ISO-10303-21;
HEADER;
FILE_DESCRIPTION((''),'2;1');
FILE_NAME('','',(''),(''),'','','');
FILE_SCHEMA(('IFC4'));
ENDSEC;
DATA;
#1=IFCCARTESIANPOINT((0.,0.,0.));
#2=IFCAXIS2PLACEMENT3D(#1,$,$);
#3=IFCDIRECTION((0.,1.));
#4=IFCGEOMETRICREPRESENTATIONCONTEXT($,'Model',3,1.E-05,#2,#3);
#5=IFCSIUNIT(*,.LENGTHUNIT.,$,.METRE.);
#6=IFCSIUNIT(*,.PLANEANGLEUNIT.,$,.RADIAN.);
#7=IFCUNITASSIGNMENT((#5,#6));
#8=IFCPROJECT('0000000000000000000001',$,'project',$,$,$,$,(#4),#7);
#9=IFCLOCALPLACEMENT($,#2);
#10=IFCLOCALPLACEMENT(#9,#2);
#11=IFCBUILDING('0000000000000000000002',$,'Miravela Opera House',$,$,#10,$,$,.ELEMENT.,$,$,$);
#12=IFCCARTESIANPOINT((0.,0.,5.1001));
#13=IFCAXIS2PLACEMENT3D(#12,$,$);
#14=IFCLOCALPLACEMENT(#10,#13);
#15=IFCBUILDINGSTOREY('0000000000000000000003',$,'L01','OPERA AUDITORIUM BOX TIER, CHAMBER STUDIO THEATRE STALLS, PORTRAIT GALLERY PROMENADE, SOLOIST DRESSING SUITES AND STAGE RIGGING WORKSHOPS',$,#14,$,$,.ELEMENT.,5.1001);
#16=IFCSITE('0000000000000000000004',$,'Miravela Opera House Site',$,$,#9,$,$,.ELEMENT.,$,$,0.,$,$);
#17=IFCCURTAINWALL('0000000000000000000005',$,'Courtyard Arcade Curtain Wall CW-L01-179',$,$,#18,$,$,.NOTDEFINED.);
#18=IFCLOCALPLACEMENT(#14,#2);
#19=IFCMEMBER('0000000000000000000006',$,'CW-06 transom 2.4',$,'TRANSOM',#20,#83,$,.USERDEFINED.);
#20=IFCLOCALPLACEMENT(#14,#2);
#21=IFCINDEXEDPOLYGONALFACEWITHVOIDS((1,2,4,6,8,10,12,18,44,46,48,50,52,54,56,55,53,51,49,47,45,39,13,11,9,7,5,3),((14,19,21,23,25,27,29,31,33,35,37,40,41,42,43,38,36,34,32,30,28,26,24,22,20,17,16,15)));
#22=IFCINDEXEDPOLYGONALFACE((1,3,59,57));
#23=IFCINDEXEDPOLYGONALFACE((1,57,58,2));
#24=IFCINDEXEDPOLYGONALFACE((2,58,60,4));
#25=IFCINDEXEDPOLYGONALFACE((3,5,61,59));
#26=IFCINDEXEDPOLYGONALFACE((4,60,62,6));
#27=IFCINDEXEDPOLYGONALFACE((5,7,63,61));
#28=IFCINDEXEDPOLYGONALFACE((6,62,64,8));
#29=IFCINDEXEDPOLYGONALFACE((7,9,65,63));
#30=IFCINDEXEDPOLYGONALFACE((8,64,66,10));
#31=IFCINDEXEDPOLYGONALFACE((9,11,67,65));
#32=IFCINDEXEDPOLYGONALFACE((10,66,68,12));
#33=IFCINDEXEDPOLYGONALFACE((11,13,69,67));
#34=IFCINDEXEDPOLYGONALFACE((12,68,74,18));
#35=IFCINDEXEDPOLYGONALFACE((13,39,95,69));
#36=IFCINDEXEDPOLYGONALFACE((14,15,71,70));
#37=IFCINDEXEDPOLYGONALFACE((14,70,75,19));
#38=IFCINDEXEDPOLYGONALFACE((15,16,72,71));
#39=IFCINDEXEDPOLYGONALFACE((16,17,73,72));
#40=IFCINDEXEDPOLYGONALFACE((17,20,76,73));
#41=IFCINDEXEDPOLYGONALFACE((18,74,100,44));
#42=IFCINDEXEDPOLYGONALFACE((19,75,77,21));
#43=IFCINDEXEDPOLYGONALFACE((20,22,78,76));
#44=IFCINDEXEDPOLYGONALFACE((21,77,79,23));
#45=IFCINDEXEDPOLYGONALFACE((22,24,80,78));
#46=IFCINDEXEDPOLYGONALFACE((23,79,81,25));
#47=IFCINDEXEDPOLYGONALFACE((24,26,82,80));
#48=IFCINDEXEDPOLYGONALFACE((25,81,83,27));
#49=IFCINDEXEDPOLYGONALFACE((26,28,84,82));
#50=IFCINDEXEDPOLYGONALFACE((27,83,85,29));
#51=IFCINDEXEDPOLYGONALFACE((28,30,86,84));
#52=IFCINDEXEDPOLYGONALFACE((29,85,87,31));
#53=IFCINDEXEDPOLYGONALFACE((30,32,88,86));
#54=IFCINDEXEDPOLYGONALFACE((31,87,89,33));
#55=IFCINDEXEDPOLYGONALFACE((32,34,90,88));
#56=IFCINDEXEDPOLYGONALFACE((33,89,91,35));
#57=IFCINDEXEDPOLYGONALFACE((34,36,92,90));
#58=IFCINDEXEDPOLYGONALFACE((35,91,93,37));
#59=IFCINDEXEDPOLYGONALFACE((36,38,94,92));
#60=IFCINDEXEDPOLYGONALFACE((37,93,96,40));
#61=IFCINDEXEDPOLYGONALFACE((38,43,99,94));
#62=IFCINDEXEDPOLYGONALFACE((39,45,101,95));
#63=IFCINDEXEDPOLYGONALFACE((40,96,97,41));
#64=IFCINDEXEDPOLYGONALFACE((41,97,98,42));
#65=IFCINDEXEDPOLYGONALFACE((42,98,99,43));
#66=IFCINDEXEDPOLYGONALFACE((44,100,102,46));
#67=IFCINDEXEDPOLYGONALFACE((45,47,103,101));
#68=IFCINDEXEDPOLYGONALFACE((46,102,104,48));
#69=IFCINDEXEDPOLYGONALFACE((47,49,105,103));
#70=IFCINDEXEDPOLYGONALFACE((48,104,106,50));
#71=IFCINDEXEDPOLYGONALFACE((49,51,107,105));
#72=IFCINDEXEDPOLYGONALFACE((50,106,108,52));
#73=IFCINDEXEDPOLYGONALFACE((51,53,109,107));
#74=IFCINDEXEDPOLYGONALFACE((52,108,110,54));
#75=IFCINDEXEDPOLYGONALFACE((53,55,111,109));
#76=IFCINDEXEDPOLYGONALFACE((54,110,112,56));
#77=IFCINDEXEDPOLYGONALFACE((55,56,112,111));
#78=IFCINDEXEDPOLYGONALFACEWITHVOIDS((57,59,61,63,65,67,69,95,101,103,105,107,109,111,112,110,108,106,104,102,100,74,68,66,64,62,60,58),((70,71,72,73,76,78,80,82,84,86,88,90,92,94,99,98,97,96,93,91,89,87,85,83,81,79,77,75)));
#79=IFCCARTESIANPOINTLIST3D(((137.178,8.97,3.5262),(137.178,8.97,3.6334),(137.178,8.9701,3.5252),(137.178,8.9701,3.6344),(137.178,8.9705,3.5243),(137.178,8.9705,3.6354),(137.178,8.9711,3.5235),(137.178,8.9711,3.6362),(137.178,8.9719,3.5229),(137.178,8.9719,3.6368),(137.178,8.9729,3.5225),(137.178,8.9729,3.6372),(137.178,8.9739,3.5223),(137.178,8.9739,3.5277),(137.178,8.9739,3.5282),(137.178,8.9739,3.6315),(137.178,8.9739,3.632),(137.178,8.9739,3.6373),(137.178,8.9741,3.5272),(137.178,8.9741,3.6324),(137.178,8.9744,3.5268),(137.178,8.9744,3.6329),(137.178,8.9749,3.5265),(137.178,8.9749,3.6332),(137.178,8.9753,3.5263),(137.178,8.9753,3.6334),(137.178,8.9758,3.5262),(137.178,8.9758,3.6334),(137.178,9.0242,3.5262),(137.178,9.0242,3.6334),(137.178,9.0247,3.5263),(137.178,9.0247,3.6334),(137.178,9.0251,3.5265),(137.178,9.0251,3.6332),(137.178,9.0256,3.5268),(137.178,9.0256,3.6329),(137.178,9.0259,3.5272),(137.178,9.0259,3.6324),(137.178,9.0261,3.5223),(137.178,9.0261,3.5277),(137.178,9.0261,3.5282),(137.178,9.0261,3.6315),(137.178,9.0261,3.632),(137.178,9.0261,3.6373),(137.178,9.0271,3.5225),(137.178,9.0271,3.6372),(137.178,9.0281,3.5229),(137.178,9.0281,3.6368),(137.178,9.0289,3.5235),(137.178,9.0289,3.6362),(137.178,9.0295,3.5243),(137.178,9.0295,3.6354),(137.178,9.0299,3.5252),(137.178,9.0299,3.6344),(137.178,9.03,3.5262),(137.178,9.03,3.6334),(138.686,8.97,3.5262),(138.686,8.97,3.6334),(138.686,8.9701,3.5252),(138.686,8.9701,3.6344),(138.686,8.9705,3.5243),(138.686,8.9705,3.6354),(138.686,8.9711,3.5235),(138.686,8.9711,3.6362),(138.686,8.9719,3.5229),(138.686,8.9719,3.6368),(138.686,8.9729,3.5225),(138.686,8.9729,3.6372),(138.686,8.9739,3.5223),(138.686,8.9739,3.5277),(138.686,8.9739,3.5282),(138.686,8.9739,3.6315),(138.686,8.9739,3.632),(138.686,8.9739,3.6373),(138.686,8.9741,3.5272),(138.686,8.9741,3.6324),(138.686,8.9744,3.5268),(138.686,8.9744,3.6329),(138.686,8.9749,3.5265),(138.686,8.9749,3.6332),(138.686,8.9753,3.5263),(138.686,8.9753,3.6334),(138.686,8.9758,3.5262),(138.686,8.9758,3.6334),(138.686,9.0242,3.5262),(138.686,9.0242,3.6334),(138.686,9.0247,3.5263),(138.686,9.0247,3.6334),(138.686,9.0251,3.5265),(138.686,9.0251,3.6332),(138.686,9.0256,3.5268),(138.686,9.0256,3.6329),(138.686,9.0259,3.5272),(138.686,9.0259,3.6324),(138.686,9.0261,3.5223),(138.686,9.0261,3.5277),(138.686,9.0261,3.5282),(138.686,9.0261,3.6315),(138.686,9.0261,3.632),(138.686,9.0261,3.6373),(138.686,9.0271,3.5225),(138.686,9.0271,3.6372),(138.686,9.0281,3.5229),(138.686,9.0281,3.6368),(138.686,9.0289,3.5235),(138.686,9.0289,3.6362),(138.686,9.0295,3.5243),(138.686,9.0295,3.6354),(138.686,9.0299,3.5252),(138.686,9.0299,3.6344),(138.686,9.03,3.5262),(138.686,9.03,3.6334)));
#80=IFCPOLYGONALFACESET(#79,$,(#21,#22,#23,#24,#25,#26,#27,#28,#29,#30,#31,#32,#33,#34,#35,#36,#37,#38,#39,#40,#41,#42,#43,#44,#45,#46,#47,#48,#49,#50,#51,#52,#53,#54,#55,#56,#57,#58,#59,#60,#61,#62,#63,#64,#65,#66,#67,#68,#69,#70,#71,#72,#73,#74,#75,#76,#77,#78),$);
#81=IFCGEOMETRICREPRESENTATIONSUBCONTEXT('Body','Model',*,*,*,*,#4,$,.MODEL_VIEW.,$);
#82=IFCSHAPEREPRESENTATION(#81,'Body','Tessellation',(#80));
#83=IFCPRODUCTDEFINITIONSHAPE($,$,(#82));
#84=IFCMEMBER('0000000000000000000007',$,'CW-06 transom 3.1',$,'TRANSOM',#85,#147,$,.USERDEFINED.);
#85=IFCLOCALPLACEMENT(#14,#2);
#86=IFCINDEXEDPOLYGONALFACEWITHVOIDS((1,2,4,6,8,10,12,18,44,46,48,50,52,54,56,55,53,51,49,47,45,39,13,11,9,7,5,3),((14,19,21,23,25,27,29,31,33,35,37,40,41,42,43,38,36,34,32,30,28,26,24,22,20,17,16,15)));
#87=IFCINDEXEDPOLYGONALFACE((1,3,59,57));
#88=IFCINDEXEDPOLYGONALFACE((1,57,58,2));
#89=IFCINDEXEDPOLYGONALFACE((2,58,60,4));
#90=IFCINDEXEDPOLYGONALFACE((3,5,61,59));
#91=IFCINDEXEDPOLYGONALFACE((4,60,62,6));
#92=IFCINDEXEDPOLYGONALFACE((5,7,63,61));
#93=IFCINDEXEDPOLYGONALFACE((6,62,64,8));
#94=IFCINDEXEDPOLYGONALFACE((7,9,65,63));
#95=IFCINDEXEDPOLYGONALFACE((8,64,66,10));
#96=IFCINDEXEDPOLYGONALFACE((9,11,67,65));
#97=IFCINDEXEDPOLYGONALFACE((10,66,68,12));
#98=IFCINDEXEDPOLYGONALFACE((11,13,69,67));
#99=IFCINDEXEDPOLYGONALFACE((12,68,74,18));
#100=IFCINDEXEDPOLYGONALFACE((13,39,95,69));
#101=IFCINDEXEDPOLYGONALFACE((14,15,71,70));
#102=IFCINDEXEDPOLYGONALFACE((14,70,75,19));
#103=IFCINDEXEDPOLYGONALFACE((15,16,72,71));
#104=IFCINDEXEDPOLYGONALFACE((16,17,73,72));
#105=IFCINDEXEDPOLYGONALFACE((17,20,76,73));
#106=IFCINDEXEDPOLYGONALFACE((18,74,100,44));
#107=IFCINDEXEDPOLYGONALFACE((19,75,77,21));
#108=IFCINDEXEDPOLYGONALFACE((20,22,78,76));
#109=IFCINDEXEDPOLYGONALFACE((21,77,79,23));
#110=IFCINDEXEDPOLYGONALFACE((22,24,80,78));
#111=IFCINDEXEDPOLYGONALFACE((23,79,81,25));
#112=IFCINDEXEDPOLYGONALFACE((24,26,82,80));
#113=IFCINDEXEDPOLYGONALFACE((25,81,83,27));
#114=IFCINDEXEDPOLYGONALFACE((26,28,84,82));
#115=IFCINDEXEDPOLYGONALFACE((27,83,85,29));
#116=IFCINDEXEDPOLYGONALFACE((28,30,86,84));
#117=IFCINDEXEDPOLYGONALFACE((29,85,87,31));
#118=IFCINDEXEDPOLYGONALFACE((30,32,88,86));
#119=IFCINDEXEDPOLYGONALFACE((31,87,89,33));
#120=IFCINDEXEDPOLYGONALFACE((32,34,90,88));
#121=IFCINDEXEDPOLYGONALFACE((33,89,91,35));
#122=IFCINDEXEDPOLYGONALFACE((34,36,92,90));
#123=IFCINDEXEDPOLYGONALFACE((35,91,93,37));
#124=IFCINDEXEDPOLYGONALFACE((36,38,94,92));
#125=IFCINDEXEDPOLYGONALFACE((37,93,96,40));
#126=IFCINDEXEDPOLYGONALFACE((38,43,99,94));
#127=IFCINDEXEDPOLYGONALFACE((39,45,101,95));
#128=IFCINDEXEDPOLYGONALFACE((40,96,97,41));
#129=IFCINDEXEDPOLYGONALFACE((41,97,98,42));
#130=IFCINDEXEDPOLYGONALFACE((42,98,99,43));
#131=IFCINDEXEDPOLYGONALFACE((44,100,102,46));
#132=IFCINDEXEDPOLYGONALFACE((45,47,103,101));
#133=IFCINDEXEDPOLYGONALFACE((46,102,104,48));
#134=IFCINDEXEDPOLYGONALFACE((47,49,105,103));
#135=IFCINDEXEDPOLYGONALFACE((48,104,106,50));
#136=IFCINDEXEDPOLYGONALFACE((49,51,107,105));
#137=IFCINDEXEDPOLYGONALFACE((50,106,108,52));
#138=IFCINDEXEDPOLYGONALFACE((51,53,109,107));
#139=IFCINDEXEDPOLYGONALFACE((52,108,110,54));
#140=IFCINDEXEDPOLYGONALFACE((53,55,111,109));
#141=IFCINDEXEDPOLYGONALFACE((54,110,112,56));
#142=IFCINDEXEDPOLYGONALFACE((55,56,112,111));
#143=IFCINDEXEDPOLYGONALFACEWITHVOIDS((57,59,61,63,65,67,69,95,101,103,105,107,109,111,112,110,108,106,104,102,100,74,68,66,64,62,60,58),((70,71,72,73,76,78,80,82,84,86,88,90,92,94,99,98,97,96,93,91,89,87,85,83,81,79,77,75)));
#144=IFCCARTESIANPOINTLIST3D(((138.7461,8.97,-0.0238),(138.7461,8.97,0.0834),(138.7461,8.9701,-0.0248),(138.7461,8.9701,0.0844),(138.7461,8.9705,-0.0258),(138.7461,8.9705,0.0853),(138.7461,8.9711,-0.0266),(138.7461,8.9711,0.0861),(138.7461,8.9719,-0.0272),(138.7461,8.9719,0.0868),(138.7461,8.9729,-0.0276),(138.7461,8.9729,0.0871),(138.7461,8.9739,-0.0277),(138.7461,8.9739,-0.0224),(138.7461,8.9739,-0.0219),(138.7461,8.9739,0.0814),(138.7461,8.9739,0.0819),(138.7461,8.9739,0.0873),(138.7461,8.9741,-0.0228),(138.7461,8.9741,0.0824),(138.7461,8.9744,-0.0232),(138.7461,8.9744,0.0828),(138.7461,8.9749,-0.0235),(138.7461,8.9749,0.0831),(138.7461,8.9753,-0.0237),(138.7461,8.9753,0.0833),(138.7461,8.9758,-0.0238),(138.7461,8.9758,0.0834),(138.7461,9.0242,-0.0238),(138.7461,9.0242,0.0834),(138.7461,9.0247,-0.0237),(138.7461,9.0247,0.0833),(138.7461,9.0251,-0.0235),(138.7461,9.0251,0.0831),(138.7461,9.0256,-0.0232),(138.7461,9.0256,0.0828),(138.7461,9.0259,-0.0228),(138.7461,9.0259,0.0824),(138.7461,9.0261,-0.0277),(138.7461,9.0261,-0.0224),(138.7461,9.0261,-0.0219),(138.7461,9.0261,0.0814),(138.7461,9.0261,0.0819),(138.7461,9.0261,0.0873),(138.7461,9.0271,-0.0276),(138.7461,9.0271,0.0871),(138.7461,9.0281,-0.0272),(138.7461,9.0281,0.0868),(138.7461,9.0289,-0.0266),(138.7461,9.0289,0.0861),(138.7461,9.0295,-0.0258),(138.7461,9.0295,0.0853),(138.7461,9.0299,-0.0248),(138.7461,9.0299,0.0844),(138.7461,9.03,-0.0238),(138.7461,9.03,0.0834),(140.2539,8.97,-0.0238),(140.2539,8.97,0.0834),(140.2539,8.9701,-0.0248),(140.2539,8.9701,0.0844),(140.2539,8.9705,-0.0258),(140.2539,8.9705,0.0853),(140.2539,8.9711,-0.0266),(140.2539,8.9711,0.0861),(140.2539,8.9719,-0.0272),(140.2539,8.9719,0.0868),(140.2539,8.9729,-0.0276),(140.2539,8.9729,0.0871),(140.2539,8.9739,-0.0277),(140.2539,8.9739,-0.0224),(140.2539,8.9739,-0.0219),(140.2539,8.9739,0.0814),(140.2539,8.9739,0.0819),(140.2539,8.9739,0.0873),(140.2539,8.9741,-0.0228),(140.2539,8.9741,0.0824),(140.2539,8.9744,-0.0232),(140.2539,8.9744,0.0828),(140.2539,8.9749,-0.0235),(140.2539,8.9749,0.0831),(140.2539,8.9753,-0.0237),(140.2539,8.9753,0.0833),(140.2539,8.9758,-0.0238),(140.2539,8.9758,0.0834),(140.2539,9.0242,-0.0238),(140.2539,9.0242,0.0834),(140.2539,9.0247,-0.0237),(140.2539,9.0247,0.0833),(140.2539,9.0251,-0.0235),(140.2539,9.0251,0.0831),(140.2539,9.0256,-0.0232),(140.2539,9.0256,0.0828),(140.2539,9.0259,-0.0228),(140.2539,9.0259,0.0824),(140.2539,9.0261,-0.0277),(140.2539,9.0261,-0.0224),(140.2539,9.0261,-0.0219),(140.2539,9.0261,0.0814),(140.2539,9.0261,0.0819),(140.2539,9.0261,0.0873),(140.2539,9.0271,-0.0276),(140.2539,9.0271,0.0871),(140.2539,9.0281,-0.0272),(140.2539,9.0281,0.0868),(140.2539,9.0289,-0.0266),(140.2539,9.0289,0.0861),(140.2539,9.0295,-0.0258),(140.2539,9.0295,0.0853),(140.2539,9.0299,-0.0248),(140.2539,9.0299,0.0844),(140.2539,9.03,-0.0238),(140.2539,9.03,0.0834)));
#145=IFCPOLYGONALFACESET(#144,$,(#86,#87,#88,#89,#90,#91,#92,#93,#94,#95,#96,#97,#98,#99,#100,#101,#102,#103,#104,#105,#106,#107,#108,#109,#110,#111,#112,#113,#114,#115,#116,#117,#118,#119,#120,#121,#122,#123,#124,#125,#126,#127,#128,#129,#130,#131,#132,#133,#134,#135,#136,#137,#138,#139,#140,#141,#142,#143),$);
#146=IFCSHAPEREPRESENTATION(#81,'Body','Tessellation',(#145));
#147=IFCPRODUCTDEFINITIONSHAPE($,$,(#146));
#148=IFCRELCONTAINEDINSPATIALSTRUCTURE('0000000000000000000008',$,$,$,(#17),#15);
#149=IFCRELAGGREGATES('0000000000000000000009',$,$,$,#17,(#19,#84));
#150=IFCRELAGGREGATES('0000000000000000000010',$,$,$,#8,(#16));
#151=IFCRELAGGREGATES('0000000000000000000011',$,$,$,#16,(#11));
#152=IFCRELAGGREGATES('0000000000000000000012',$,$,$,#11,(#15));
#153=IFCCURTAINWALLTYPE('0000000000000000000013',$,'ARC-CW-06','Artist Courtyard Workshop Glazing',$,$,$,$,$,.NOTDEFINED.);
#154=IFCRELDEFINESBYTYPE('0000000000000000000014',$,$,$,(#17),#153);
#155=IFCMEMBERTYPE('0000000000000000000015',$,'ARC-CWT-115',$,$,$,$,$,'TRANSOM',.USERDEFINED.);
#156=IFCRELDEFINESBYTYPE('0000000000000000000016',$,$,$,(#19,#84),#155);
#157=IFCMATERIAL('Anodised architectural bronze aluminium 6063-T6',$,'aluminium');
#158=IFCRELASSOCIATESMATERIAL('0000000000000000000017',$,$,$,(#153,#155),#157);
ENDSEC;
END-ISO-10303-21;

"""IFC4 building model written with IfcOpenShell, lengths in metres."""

from ifc_helpers import new_model, si_unit, direction, frame, origin, origin_2d, place, context, subcontext, project, spatial, hollow_rectangle, extrude, material, material_profile, profile_set, type_object, element, aggregate, save


model = new_model("IFC4")

# Units and contexts
model_context = context("Model", 3, precision=1e-05, world=origin(), true_north=direction((0.0, 1.0)))
body_context = subcontext(model_context, "Body", "Model", "MODEL_VIEW")
ifc_project = project(units=[si_unit("LENGTHUNIT", "METRE"), si_unit("PLANEANGLEUNIT", "RADIAN")], contexts=[model_context])

# Site, building, storey
site_placement = place(None, origin())
site = spatial("IfcSite", under=ifc_project, at=site_placement, Name="Miravela Opera House Site", CompositionType="ELEMENT", RefElevation=0.0)
building_placement = place(site_placement, origin())
building = spatial("IfcBuilding", under=site, at=building_placement, Name="Miravela Opera House", CompositionType="ELEMENT")
storey_placement = place(building_placement, frame((0.0, 0.0, 5.1001)))
storey = spatial("IfcBuildingStorey", under=building, at=storey_placement, Name="L01", Description="OPERA AUDITORIUM BOX TIER, CHAMBER STUDIO THEATRE STALLS, PORTRAIT GALLERY PROMENADE, SOLOIST DRESSING SUITES AND STAGE RIGGING WORKSHOPS", CompositionType="ELEMENT", Elevation=5.1001)

# Curtain wall, members
ifc_material_1 = material(Name="Anodised architectural bronze aluminium 6063-T6", Category="aluminium")
curtain_wall_type = type_object("IfcCurtainWallType", Name="ARC-CW-06", Description="Artist Courtyard Workshop Glazing", PredefinedType="NOTDEFINED", material=ifc_material_1)
curtain_wall_placement = place(storey_placement, origin())
curtain_wall = element("IfcCurtainWall", 1, at=curtain_wall_placement, inside=storey, type_object=curtain_wall_type, Name="Courtyard Arcade Curtain Wall CW-L01-179", PredefinedType="NOTDEFINED")
ifc_material_profile_1 = material_profile(ifc_material_1, hollow_rectangle(XDim=0.0601, YDim=0.115, WallThickness=0.0039, InnerFilletRadius=0.002, OuterFilletRadius=0.0039, at=origin_2d()), Name="CWT-60X115")
ifc_profile_set_1 = profile_set([ifc_material_profile_1])
member_type_1 = type_object("IfcMemberType", Name="ARC-CWT-115", ElementType="TRANSOM", PredefinedType="USERDEFINED", material=ifc_profile_set_1)
member_1_placement = place(storey_placement, frame((137.178, 9.0, 3.5798), z_axis=(1.0, 0.0, 0.0), x_axis=(0.0, 1.0, 0.0)))
member_1 = element("IfcMember", 2, at=member_1_placement, type_object=member_type_1, Name="CW-06 transom 2.4", ObjectType="TRANSOM", PredefinedType="USERDEFINED", context=body_context, shape_type="SweptSolid", body=[
    extrude(hollow_rectangle(XDim=0.0601, YDim=0.115, WallThickness=0.0039, InnerFilletRadius=0.002, OuterFilletRadius=0.0039, at=origin_2d()), origin(), (0.0, 0.0, 1.0), 1.5081),
])
member_2_placement = place(storey_placement, frame((138.7461, 9.0, 0.0298), z_axis=(1.0, 0.0, 0.0), x_axis=(0.0, 1.0, 0.0)))
member_2 = element("IfcMember", 3, at=member_2_placement, type_object=member_type_1, Name="CW-06 transom 3.1", ObjectType="TRANSOM", PredefinedType="USERDEFINED", context=body_context, shape_type="SweptSolid", body=[
    extrude(hollow_rectangle(XDim=0.0601, YDim=0.115, WallThickness=0.0039, InnerFilletRadius=0.002, OuterFilletRadius=0.0039, at=origin_2d()), origin(), (0.0, 0.0, 1.0), 1.5078),
])
aggregate(curtain_wall, [member_1, member_2])

save(model, "model.ifc")
